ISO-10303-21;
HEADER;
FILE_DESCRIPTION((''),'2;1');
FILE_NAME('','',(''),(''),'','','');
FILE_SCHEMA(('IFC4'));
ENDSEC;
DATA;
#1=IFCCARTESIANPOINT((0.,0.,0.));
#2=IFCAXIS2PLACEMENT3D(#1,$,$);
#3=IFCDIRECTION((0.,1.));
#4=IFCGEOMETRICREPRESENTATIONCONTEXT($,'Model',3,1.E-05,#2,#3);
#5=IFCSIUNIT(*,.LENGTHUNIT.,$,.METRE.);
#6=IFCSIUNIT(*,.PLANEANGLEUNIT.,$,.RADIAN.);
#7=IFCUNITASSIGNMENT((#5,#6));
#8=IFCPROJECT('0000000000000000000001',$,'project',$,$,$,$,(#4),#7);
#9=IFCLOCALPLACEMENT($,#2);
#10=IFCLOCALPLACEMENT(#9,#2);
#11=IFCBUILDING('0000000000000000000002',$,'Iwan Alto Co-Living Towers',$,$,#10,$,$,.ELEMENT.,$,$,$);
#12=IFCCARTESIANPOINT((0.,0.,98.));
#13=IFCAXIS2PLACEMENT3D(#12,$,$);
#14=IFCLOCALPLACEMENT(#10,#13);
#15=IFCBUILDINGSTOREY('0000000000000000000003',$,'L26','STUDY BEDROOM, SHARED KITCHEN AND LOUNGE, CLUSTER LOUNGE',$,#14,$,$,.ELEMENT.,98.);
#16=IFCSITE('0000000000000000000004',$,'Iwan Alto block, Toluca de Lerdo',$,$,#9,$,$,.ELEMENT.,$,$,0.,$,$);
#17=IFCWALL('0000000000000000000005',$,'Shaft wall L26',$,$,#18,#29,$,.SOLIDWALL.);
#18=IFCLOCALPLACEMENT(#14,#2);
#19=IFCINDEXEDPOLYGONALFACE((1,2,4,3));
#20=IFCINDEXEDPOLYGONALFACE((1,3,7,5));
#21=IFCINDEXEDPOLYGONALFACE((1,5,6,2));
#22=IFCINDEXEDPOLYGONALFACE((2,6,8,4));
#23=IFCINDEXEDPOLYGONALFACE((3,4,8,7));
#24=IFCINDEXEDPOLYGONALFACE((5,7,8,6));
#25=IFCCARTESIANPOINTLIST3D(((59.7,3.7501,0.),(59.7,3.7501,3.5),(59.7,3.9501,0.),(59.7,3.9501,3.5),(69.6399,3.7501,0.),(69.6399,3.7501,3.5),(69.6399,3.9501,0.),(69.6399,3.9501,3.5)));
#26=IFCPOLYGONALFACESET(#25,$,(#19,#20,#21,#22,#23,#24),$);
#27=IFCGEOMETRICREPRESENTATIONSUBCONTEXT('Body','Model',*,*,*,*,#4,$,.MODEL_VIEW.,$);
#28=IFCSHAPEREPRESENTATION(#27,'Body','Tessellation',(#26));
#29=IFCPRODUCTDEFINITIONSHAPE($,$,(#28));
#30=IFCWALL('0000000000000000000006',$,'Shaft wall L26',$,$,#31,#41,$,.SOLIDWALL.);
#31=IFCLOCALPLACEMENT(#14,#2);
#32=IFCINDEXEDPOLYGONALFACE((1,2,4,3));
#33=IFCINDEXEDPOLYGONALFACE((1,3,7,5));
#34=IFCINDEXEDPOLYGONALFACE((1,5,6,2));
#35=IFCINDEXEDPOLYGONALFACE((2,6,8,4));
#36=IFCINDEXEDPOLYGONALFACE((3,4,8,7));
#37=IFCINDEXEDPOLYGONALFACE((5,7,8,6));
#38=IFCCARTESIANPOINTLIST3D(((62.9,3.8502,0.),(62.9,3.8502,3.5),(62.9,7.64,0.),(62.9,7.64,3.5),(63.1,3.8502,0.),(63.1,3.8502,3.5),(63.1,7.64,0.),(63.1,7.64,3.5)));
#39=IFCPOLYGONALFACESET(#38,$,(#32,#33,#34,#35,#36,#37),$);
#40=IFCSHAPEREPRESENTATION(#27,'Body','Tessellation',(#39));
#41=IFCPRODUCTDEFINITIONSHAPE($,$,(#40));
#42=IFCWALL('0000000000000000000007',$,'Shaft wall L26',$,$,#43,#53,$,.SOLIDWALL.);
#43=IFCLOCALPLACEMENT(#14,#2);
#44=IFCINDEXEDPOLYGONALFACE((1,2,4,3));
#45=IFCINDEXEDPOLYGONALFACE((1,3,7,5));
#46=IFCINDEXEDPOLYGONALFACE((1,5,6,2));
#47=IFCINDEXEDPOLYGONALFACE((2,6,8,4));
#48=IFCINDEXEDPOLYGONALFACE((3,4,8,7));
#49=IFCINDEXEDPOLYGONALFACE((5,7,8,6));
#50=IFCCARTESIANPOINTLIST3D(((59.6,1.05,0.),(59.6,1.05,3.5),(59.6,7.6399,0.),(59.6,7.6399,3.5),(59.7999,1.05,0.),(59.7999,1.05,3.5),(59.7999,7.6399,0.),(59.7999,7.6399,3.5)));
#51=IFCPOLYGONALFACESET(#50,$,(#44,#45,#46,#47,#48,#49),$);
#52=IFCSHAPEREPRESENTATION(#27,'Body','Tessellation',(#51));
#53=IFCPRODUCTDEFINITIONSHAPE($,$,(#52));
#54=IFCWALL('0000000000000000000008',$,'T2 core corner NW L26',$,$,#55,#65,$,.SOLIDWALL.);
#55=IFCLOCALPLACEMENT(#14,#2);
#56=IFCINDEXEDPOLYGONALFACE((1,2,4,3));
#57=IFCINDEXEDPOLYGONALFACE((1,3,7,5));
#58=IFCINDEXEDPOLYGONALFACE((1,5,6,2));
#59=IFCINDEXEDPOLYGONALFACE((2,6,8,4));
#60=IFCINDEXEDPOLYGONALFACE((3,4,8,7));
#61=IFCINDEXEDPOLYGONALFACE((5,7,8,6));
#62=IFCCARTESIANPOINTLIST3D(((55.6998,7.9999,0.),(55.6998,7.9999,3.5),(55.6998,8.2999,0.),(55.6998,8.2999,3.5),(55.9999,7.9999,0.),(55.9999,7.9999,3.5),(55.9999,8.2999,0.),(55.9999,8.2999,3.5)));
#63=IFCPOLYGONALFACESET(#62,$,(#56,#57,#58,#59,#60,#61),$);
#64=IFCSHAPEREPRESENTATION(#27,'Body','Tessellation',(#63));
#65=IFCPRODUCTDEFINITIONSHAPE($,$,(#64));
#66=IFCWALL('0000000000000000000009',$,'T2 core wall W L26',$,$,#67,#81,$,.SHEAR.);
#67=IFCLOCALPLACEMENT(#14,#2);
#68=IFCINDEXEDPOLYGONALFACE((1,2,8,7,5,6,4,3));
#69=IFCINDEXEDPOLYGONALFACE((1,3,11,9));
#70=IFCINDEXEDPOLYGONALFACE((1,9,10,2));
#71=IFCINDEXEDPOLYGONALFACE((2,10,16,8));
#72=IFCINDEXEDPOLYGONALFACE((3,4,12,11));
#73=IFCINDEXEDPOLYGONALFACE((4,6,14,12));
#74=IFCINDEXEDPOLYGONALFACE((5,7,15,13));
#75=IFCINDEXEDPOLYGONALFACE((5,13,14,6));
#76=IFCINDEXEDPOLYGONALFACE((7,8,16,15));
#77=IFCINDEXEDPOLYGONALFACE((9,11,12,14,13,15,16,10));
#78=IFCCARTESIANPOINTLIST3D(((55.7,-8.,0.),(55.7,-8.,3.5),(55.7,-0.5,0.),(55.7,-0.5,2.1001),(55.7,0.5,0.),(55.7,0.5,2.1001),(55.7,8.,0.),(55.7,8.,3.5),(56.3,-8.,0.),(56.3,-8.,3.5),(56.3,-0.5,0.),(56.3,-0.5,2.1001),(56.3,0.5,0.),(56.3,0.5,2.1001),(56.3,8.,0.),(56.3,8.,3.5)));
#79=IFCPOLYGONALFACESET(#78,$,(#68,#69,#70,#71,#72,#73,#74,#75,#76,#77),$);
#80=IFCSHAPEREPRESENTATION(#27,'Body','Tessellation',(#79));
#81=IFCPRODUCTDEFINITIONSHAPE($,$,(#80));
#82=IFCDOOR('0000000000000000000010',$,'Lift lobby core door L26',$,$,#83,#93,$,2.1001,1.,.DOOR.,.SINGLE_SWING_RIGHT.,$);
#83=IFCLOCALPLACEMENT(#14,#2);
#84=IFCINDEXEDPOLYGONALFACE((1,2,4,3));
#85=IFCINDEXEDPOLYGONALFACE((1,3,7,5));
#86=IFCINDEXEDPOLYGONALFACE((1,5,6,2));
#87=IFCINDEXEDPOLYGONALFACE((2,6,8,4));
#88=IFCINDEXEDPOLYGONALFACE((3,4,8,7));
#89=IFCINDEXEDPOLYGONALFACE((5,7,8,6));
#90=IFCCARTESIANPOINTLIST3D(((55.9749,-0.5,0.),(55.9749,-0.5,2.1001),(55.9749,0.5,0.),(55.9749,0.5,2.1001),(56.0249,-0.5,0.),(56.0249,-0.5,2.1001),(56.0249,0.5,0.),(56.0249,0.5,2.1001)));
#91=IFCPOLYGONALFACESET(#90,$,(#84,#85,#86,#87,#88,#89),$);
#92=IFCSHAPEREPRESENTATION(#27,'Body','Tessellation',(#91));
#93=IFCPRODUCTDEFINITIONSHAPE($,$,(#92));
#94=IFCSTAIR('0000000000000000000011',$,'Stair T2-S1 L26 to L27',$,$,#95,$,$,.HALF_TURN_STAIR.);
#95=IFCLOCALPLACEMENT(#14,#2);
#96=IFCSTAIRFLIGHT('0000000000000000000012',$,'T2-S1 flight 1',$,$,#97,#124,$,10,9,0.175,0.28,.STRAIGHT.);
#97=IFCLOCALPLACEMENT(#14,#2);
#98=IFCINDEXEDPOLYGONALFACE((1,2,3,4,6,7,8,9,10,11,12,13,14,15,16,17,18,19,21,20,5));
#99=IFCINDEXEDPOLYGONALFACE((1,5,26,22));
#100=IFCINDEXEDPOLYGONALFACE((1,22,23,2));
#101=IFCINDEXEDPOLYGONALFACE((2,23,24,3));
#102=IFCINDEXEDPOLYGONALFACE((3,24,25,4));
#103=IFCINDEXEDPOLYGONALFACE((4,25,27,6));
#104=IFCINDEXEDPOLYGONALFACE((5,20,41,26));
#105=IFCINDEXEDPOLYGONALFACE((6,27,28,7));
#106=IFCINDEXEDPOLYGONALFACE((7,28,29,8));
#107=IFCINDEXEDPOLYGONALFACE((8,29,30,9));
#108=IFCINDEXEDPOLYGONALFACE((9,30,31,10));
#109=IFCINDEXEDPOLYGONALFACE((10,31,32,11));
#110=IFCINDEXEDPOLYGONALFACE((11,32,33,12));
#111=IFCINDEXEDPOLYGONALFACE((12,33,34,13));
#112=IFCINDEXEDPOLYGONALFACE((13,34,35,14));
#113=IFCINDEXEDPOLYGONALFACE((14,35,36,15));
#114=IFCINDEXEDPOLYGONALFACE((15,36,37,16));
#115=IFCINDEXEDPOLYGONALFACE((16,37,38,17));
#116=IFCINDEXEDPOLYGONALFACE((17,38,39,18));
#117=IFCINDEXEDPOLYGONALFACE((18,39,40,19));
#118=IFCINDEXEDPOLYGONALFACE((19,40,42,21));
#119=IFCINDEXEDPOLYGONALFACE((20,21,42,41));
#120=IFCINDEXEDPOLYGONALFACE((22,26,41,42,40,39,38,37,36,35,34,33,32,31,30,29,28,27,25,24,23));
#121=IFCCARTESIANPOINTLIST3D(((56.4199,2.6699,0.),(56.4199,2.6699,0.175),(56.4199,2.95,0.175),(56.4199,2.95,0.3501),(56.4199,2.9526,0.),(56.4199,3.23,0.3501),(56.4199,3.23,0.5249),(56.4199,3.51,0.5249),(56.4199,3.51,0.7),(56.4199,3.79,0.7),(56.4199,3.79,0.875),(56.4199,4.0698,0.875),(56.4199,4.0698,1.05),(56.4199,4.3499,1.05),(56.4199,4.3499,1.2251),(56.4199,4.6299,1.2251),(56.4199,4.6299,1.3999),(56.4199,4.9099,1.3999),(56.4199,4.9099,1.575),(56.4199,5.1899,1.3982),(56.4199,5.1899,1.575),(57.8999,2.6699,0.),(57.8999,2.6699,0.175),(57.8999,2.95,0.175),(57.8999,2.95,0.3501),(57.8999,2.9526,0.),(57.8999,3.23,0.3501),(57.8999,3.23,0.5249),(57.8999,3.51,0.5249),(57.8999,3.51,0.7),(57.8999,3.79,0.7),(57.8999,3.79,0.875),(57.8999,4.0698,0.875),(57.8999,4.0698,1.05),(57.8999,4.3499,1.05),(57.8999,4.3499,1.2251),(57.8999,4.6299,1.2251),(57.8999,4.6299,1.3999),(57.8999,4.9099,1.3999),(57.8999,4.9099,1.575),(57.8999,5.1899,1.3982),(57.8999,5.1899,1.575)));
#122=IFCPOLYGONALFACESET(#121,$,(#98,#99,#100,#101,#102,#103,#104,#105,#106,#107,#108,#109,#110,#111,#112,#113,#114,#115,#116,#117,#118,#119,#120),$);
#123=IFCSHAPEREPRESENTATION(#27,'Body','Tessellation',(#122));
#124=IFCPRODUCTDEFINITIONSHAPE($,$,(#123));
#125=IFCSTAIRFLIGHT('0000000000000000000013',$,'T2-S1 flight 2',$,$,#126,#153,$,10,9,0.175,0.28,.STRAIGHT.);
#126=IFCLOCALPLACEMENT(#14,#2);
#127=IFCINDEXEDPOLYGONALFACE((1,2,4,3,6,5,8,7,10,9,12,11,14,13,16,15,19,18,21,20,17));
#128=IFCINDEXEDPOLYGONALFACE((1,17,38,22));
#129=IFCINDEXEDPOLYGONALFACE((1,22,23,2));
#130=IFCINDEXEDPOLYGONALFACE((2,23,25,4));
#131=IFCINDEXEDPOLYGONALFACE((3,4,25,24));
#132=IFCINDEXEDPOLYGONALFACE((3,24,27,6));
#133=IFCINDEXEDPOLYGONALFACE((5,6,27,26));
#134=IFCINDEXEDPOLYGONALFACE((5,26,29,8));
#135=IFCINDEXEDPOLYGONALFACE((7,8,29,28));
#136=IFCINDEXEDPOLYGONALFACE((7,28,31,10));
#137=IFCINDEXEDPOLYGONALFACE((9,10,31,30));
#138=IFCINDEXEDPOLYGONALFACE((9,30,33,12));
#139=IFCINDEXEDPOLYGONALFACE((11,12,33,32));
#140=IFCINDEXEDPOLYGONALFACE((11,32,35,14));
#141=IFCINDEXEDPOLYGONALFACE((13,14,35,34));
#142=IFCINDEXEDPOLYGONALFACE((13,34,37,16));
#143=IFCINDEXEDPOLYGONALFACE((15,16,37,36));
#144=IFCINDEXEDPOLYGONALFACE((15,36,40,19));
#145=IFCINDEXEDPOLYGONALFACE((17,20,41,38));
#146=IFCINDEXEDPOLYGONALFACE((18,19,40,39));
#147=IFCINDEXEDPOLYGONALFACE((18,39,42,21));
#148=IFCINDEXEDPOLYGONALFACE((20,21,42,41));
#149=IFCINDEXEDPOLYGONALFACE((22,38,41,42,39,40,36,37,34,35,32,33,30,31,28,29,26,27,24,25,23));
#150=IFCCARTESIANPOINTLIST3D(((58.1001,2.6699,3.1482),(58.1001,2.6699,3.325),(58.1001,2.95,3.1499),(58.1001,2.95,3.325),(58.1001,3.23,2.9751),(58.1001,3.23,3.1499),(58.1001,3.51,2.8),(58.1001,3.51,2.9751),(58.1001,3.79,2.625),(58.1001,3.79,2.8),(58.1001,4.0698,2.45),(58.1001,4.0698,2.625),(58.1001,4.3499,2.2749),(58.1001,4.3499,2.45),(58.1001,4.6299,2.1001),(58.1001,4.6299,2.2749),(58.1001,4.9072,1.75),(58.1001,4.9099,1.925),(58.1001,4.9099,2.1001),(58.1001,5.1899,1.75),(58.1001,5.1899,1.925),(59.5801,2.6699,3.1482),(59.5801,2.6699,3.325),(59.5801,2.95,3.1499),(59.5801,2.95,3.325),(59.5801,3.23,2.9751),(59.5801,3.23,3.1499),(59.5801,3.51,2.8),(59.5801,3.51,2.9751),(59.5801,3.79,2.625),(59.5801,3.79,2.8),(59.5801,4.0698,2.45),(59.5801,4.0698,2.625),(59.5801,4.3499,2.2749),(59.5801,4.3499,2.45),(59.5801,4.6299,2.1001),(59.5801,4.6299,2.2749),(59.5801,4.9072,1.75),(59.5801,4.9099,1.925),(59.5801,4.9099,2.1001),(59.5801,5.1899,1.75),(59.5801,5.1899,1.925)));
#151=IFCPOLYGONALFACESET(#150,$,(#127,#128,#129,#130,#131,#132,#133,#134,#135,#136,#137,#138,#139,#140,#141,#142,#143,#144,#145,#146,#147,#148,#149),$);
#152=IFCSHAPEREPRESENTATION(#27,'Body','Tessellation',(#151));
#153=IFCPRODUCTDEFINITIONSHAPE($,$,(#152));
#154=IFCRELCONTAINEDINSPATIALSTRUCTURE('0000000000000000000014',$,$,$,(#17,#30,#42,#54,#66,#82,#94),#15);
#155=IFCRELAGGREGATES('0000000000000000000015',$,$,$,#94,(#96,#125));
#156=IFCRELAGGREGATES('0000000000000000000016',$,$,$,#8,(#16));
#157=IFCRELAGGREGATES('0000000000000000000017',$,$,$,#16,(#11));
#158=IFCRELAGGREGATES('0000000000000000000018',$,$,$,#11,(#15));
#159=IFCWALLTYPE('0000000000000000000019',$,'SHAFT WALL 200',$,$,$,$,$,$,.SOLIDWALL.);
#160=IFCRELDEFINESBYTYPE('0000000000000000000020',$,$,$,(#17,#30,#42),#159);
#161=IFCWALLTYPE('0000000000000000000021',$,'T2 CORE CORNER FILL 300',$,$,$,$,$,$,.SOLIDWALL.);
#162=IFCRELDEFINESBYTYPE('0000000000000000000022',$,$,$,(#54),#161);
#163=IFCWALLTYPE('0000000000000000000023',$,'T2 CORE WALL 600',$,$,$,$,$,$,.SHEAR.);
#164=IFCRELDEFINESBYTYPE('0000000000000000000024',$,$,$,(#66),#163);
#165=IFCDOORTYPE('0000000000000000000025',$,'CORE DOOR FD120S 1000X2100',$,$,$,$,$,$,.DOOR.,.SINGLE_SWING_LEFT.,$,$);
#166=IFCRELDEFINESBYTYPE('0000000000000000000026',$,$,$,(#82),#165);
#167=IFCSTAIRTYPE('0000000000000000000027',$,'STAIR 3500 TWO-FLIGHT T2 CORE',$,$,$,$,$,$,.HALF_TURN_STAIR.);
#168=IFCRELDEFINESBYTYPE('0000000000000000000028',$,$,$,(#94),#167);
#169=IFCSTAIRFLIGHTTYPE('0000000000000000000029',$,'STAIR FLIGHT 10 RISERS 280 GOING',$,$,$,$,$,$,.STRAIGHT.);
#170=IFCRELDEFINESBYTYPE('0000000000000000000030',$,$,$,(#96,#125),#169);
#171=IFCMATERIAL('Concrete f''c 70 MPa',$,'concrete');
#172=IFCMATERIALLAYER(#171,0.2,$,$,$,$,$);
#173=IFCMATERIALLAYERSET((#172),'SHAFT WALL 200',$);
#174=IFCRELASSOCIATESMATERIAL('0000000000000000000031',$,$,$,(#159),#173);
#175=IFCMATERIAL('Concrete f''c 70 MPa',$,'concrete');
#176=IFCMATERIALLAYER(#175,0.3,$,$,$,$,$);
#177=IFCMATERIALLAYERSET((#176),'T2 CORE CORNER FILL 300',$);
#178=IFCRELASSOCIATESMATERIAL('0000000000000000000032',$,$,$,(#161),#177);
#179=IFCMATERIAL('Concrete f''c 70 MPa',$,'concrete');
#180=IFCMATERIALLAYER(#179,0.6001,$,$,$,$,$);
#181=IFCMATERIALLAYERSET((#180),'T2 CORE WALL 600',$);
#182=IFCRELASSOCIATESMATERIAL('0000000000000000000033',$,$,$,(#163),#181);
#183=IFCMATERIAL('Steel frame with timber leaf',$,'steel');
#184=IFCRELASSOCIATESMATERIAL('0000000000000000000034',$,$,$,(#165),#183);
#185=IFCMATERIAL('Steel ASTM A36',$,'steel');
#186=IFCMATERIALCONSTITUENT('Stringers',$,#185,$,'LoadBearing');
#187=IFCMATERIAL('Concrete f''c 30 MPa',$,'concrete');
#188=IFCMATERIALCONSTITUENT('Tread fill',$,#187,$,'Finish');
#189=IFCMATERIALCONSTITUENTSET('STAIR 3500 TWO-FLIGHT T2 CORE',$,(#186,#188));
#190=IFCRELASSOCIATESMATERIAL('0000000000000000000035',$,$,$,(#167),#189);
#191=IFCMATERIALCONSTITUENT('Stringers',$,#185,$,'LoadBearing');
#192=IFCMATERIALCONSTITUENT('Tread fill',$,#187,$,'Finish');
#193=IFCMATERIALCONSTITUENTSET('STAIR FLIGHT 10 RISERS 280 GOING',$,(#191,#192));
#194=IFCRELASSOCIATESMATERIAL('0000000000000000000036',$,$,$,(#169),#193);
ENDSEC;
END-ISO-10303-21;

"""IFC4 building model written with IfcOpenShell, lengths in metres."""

from ifc_helpers import new_model, si_unit, direction, frame, frame_2d, origin, place, context, subcontext, project, spatial, polyline, rectangle, outline, extrude, material, layer, layer_set, constituent, constituent_set, type_object, element, fill, aggregate, save


model = new_model("IFC4")

# Units and contexts
model_context = context("Model", 3, precision=1e-05, world=origin(), true_north=direction((0.0, 1.0)))
body_context = subcontext(model_context, "Body", "Model", "MODEL_VIEW")
ifc_project = project(units=[si_unit("LENGTHUNIT", "METRE"), si_unit("PLANEANGLEUNIT", "RADIAN")], contexts=[model_context])

# Site, building, storey
site_placement = place(None, origin())
site = spatial("IfcSite", under=ifc_project, at=site_placement, Name="Iwan Alto block, Toluca de Lerdo", CompositionType="ELEMENT", RefElevation=0.0)
building_placement = place(site_placement, origin())
building = spatial("IfcBuilding", under=site, at=building_placement, Name="Iwan Alto Co-Living Towers", CompositionType="ELEMENT")
storey_placement = place(building_placement, frame((0.0, 0.0, 98.0)))
storey = spatial("IfcBuildingStorey", under=building, at=storey_placement, Name="L26", Description="STUDY BEDROOM, SHARED KITCHEN AND LOUNGE, CLUSTER LOUNGE", CompositionType="ELEMENT", Elevation=98.0)

# Shared definitions
ifc_material_1 = material(Name="Concrete f'c 70 MPa", Category="concrete")
ifc_layer_1 = layer(ifc_material_1, 0.2)
ifc_layer_set_1 = layer_set([ifc_layer_1], Name="SHAFT WALL 200")
wall_type_1 = type_object("IfcWallType", Name="SHAFT WALL 200", PredefinedType="SOLIDWALL", material=ifc_layer_set_1)

# Walls
wall_1_placement = place(storey_placement, frame((59.7, 3.8501, 0.0), z_axis=(0.0, 0.0, 1.0), x_axis=(1.0, 0.0, 0.0)))
element("IfcWall", 1, at=wall_1_placement, inside=storey, type_object=wall_type_1, Name="Shaft wall L26", PredefinedType="SOLIDWALL", context=body_context, shape_type="SweptSolid", body=[
    extrude(rectangle(XDim=9.9399, YDim=0.2, at=frame_2d((4.97, 0.0))), origin(), (0.0, 0.0, 1.0), 3.5),
])
wall_2_placement = place(storey_placement, frame((63.0, 3.8501, 0.0), z_axis=(0.0, 0.0, 1.0), x_axis=(0.0, 1.0, 0.0)))
element("IfcWall", 2, at=wall_2_placement, inside=storey, type_object=wall_type_1, Name="Shaft wall L26", PredefinedType="SOLIDWALL", context=body_context, shape_type="SweptSolid", body=[
    extrude(rectangle(XDim=3.7898, YDim=0.2, at=frame_2d((1.895, 0.0))), origin(), (0.0, 0.0, 1.0), 3.5),
])
wall_3_placement = place(storey_placement, frame((59.7, 1.05, 0.0), z_axis=(0.0, 0.0, 1.0), x_axis=(0.0, 1.0, 0.0)))
element("IfcWall", 3, at=wall_3_placement, inside=storey, type_object=wall_type_1, Name="Shaft wall L26", PredefinedType="SOLIDWALL", context=body_context, shape_type="SweptSolid", body=[
    extrude(rectangle(XDim=6.5898, YDim=0.2, at=frame_2d((3.2949, 0.0))), origin(), (0.0, 0.0, 1.0), 3.5),
])
ifc_material_2 = material(Name="Concrete f'c 70 MPa", Category="concrete")
ifc_layer_2 = layer(ifc_material_2, 0.3)
ifc_layer_set_2 = layer_set([ifc_layer_2], Name="T2 CORE CORNER FILL 300")
wall_type_2 = type_object("IfcWallType", Name="T2 CORE CORNER FILL 300", PredefinedType="SOLIDWALL", material=ifc_layer_set_2)
wall_4_placement = place(storey_placement, frame((55.7, 8.1499, 0.0), z_axis=(0.0, 0.0, 1.0), x_axis=(1.0, 0.0, 0.0)))
element("IfcWall", 4, at=wall_4_placement, inside=storey, type_object=wall_type_2, Name="T2 core corner NW L26", PredefinedType="SOLIDWALL", context=body_context, shape_type="SweptSolid", body=[
    extrude(rectangle(XDim=0.3, YDim=0.3, at=frame_2d((0.1499, 0.0))), origin(), (0.0, 0.0, 1.0), 3.5),
])

# Wall, opening, door
ifc_material_3 = material(Name="Concrete f'c 70 MPa", Category="concrete")
ifc_layer_3 = layer(ifc_material_3, 0.6001)
ifc_layer_set_3 = layer_set([ifc_layer_3], Name="T2 CORE WALL 600")
wall_type_3 = type_object("IfcWallType", Name="T2 CORE WALL 600", PredefinedType="SHEAR", material=ifc_layer_set_3)
wall_5_placement = place(storey_placement, frame((56.0, 8.0, 0.0), z_axis=(0.0, 0.0, 1.0), x_axis=(0.0, -1.0, 0.0)))
wall_5 = element("IfcWall", 5, at=wall_5_placement, inside=storey, type_object=wall_type_3, Name="T2 core wall W L26", PredefinedType="SHEAR", context=body_context, shape_type="SweptSolid", body=[
    extrude(rectangle(XDim=16.0, YDim=0.6001, at=frame_2d((8.0, 0.0))), origin(), (0.0, 0.0, 1.0), 3.5),
])
opening_1_placement = place(wall_5_placement, frame((7.5, 0.0, 0.0)))
opening_1 = element("IfcOpeningElement", 6, at=opening_1_placement, cuts=wall_5, PredefinedType="OPENING", context=body_context, shape_type="SweptSolid", body=[
    extrude(rectangle(XDim=1.0, YDim=2.1001, at=frame_2d((0.5, 1.05))), frame((0.0, 0.3101, 0.0), z_axis=(0.0, -1.0, 0.0), x_axis=(1.0, 0.0, 0.0)), (0.0, 0.0, 1.0), 0.6201),
])
ifc_material_4 = material(Name="Steel frame with timber leaf", Category="steel")
door_type_1 = type_object("IfcDoorType", Name="CORE DOOR FD120S 1000X2100", OperationType="SINGLE_SWING_LEFT", PredefinedType="DOOR", material=ifc_material_4)
door_1_placement = place(opening_1_placement, origin())
door_1 = element("IfcDoor", 7, at=door_1_placement, inside=storey, type_object=door_type_1, Name="Lift lobby core door L26", OperationType="SINGLE_SWING_RIGHT", OverallHeight=2.1001, OverallWidth=1.0, PredefinedType="DOOR", context=body_context, shape_type="SweptSolid", body=[
    extrude(rectangle(XDim=1.0, YDim=2.1001, at=frame_2d((0.5, 1.05))), frame((0.0, 0.0249, 0.0), z_axis=(0.0, -1.0, 0.0), x_axis=(1.0, 0.0, 0.0)), (0.0, 0.0, 1.0), 0.05),
])
fill(opening_1, door_1)

# Stair, stair flights
ifc_material_5 = material(Name="Steel ASTM A36", Category="steel")
ifc_constituent_1 = constituent(ifc_material_5, Name="Stringers", Category="LoadBearing")
ifc_material_6 = material(Name="Concrete f'c 30 MPa", Category="concrete")
ifc_constituent_2 = constituent(ifc_material_6, Name="Tread fill", Category="Finish")
ifc_constituent_set_1 = constituent_set(constituents=[ifc_constituent_1, ifc_constituent_2], Name="STAIR 3500 TWO-FLIGHT T2 CORE")
stair_type = type_object("IfcStairType", Name="STAIR 3500 TWO-FLIGHT T2 CORE", PredefinedType="HALF_TURN_STAIR", material=ifc_constituent_set_1)
stair_placement = place(storey_placement, origin())
stair = element("IfcStair", 8, at=stair_placement, inside=storey, type_object=stair_type, Name="Stair T2-S1 L26 to L27", PredefinedType="HALF_TURN_STAIR")
ifc_constituent_3 = constituent(ifc_material_5, Name="Stringers", Category="LoadBearing")
ifc_constituent_4 = constituent(ifc_material_6, Name="Tread fill", Category="Finish")
ifc_constituent_set_2 = constituent_set(constituents=[ifc_constituent_3, ifc_constituent_4], Name="STAIR FLIGHT 10 RISERS 280 GOING")
stair_flight_type = type_object("IfcStairFlightType", Name="STAIR FLIGHT 10 RISERS 280 GOING", PredefinedType="STRAIGHT", material=ifc_constituent_set_2)
stair_flight_1_placement = place(storey_placement, frame((57.1599, 2.6699, 0.0), z_axis=(0.0, 0.0, 1.0), x_axis=(0.0, 1.0, 0.0)))
stair_flight_1 = element("IfcStairFlight", 9, at=stair_flight_1_placement, type_object=stair_flight_type, Name="T2-S1 flight 1", NumberOfRisers=10, NumberOfTreads=9, PredefinedType="STRAIGHT", RiserHeight=0.175, TreadLength=0.28, context=body_context, shape_type="SweptSolid", body=[
    extrude(outline(polyline([(0.0, 0.0), (0.0, 0.175), (0.28, 0.175), (0.28, 0.3501), (0.5601, 0.3501), (0.5601, 0.5249), (0.8401, 0.5249), (0.8401, 0.7), (1.1201, 0.7), (1.1201, 0.875), (1.3999, 0.875), (1.3999, 1.05), (1.6799, 1.05), (1.6799, 1.2251), (1.96, 1.2251), (1.96, 1.3999), (2.24, 1.3999), (2.24, 1.575), (2.52, 1.575), (2.52, 1.75), (2.52, 1.3982), (0.2827, 0.0), (0.0, 0.0)])), frame((0.0, 0.74, 0.0), z_axis=(0.0, -1.0, 0.0), x_axis=(1.0, 0.0, 0.0)), (0.0, 0.0, 1.0), 1.48),
])
stair_flight_2_placement = place(storey_placement, frame((58.8401, 5.1899, 1.75), z_axis=(0.0, 0.0, 1.0), x_axis=(0.0, -1.0, 0.0)))
stair_flight_2 = element("IfcStairFlight", 10, at=stair_flight_2_placement, type_object=stair_flight_type, Name="T2-S1 flight 2", NumberOfRisers=10, NumberOfTreads=9, PredefinedType="STRAIGHT", RiserHeight=0.175, TreadLength=0.28, context=body_context, shape_type="SweptSolid", body=[
    extrude(outline(polyline([(0.0, 0.0), (0.0, 0.175), (0.28, 0.175), (0.28, 0.3501), (0.5601, 0.3501), (0.5601, 0.5249), (0.8401, 0.5249), (0.8401, 0.7), (1.1201, 0.7), (1.1201, 0.875), (1.3999, 0.875), (1.3999, 1.05), (1.6799, 1.05), (1.6799, 1.2251), (1.96, 1.2251), (1.96, 1.3999), (2.24, 1.3999), (2.24, 1.575), (2.52, 1.575), (2.52, 1.75), (2.52, 1.3982), (0.2827, 0.0), (0.0, 0.0)])), frame((0.0, 0.74, 0.0), z_axis=(0.0, -1.0, 0.0), x_axis=(1.0, 0.0, 0.0)), (0.0, 0.0, 1.0), 1.48),
])
aggregate(stair, [stair_flight_1, stair_flight_2])

save(model, "model.ifc")
